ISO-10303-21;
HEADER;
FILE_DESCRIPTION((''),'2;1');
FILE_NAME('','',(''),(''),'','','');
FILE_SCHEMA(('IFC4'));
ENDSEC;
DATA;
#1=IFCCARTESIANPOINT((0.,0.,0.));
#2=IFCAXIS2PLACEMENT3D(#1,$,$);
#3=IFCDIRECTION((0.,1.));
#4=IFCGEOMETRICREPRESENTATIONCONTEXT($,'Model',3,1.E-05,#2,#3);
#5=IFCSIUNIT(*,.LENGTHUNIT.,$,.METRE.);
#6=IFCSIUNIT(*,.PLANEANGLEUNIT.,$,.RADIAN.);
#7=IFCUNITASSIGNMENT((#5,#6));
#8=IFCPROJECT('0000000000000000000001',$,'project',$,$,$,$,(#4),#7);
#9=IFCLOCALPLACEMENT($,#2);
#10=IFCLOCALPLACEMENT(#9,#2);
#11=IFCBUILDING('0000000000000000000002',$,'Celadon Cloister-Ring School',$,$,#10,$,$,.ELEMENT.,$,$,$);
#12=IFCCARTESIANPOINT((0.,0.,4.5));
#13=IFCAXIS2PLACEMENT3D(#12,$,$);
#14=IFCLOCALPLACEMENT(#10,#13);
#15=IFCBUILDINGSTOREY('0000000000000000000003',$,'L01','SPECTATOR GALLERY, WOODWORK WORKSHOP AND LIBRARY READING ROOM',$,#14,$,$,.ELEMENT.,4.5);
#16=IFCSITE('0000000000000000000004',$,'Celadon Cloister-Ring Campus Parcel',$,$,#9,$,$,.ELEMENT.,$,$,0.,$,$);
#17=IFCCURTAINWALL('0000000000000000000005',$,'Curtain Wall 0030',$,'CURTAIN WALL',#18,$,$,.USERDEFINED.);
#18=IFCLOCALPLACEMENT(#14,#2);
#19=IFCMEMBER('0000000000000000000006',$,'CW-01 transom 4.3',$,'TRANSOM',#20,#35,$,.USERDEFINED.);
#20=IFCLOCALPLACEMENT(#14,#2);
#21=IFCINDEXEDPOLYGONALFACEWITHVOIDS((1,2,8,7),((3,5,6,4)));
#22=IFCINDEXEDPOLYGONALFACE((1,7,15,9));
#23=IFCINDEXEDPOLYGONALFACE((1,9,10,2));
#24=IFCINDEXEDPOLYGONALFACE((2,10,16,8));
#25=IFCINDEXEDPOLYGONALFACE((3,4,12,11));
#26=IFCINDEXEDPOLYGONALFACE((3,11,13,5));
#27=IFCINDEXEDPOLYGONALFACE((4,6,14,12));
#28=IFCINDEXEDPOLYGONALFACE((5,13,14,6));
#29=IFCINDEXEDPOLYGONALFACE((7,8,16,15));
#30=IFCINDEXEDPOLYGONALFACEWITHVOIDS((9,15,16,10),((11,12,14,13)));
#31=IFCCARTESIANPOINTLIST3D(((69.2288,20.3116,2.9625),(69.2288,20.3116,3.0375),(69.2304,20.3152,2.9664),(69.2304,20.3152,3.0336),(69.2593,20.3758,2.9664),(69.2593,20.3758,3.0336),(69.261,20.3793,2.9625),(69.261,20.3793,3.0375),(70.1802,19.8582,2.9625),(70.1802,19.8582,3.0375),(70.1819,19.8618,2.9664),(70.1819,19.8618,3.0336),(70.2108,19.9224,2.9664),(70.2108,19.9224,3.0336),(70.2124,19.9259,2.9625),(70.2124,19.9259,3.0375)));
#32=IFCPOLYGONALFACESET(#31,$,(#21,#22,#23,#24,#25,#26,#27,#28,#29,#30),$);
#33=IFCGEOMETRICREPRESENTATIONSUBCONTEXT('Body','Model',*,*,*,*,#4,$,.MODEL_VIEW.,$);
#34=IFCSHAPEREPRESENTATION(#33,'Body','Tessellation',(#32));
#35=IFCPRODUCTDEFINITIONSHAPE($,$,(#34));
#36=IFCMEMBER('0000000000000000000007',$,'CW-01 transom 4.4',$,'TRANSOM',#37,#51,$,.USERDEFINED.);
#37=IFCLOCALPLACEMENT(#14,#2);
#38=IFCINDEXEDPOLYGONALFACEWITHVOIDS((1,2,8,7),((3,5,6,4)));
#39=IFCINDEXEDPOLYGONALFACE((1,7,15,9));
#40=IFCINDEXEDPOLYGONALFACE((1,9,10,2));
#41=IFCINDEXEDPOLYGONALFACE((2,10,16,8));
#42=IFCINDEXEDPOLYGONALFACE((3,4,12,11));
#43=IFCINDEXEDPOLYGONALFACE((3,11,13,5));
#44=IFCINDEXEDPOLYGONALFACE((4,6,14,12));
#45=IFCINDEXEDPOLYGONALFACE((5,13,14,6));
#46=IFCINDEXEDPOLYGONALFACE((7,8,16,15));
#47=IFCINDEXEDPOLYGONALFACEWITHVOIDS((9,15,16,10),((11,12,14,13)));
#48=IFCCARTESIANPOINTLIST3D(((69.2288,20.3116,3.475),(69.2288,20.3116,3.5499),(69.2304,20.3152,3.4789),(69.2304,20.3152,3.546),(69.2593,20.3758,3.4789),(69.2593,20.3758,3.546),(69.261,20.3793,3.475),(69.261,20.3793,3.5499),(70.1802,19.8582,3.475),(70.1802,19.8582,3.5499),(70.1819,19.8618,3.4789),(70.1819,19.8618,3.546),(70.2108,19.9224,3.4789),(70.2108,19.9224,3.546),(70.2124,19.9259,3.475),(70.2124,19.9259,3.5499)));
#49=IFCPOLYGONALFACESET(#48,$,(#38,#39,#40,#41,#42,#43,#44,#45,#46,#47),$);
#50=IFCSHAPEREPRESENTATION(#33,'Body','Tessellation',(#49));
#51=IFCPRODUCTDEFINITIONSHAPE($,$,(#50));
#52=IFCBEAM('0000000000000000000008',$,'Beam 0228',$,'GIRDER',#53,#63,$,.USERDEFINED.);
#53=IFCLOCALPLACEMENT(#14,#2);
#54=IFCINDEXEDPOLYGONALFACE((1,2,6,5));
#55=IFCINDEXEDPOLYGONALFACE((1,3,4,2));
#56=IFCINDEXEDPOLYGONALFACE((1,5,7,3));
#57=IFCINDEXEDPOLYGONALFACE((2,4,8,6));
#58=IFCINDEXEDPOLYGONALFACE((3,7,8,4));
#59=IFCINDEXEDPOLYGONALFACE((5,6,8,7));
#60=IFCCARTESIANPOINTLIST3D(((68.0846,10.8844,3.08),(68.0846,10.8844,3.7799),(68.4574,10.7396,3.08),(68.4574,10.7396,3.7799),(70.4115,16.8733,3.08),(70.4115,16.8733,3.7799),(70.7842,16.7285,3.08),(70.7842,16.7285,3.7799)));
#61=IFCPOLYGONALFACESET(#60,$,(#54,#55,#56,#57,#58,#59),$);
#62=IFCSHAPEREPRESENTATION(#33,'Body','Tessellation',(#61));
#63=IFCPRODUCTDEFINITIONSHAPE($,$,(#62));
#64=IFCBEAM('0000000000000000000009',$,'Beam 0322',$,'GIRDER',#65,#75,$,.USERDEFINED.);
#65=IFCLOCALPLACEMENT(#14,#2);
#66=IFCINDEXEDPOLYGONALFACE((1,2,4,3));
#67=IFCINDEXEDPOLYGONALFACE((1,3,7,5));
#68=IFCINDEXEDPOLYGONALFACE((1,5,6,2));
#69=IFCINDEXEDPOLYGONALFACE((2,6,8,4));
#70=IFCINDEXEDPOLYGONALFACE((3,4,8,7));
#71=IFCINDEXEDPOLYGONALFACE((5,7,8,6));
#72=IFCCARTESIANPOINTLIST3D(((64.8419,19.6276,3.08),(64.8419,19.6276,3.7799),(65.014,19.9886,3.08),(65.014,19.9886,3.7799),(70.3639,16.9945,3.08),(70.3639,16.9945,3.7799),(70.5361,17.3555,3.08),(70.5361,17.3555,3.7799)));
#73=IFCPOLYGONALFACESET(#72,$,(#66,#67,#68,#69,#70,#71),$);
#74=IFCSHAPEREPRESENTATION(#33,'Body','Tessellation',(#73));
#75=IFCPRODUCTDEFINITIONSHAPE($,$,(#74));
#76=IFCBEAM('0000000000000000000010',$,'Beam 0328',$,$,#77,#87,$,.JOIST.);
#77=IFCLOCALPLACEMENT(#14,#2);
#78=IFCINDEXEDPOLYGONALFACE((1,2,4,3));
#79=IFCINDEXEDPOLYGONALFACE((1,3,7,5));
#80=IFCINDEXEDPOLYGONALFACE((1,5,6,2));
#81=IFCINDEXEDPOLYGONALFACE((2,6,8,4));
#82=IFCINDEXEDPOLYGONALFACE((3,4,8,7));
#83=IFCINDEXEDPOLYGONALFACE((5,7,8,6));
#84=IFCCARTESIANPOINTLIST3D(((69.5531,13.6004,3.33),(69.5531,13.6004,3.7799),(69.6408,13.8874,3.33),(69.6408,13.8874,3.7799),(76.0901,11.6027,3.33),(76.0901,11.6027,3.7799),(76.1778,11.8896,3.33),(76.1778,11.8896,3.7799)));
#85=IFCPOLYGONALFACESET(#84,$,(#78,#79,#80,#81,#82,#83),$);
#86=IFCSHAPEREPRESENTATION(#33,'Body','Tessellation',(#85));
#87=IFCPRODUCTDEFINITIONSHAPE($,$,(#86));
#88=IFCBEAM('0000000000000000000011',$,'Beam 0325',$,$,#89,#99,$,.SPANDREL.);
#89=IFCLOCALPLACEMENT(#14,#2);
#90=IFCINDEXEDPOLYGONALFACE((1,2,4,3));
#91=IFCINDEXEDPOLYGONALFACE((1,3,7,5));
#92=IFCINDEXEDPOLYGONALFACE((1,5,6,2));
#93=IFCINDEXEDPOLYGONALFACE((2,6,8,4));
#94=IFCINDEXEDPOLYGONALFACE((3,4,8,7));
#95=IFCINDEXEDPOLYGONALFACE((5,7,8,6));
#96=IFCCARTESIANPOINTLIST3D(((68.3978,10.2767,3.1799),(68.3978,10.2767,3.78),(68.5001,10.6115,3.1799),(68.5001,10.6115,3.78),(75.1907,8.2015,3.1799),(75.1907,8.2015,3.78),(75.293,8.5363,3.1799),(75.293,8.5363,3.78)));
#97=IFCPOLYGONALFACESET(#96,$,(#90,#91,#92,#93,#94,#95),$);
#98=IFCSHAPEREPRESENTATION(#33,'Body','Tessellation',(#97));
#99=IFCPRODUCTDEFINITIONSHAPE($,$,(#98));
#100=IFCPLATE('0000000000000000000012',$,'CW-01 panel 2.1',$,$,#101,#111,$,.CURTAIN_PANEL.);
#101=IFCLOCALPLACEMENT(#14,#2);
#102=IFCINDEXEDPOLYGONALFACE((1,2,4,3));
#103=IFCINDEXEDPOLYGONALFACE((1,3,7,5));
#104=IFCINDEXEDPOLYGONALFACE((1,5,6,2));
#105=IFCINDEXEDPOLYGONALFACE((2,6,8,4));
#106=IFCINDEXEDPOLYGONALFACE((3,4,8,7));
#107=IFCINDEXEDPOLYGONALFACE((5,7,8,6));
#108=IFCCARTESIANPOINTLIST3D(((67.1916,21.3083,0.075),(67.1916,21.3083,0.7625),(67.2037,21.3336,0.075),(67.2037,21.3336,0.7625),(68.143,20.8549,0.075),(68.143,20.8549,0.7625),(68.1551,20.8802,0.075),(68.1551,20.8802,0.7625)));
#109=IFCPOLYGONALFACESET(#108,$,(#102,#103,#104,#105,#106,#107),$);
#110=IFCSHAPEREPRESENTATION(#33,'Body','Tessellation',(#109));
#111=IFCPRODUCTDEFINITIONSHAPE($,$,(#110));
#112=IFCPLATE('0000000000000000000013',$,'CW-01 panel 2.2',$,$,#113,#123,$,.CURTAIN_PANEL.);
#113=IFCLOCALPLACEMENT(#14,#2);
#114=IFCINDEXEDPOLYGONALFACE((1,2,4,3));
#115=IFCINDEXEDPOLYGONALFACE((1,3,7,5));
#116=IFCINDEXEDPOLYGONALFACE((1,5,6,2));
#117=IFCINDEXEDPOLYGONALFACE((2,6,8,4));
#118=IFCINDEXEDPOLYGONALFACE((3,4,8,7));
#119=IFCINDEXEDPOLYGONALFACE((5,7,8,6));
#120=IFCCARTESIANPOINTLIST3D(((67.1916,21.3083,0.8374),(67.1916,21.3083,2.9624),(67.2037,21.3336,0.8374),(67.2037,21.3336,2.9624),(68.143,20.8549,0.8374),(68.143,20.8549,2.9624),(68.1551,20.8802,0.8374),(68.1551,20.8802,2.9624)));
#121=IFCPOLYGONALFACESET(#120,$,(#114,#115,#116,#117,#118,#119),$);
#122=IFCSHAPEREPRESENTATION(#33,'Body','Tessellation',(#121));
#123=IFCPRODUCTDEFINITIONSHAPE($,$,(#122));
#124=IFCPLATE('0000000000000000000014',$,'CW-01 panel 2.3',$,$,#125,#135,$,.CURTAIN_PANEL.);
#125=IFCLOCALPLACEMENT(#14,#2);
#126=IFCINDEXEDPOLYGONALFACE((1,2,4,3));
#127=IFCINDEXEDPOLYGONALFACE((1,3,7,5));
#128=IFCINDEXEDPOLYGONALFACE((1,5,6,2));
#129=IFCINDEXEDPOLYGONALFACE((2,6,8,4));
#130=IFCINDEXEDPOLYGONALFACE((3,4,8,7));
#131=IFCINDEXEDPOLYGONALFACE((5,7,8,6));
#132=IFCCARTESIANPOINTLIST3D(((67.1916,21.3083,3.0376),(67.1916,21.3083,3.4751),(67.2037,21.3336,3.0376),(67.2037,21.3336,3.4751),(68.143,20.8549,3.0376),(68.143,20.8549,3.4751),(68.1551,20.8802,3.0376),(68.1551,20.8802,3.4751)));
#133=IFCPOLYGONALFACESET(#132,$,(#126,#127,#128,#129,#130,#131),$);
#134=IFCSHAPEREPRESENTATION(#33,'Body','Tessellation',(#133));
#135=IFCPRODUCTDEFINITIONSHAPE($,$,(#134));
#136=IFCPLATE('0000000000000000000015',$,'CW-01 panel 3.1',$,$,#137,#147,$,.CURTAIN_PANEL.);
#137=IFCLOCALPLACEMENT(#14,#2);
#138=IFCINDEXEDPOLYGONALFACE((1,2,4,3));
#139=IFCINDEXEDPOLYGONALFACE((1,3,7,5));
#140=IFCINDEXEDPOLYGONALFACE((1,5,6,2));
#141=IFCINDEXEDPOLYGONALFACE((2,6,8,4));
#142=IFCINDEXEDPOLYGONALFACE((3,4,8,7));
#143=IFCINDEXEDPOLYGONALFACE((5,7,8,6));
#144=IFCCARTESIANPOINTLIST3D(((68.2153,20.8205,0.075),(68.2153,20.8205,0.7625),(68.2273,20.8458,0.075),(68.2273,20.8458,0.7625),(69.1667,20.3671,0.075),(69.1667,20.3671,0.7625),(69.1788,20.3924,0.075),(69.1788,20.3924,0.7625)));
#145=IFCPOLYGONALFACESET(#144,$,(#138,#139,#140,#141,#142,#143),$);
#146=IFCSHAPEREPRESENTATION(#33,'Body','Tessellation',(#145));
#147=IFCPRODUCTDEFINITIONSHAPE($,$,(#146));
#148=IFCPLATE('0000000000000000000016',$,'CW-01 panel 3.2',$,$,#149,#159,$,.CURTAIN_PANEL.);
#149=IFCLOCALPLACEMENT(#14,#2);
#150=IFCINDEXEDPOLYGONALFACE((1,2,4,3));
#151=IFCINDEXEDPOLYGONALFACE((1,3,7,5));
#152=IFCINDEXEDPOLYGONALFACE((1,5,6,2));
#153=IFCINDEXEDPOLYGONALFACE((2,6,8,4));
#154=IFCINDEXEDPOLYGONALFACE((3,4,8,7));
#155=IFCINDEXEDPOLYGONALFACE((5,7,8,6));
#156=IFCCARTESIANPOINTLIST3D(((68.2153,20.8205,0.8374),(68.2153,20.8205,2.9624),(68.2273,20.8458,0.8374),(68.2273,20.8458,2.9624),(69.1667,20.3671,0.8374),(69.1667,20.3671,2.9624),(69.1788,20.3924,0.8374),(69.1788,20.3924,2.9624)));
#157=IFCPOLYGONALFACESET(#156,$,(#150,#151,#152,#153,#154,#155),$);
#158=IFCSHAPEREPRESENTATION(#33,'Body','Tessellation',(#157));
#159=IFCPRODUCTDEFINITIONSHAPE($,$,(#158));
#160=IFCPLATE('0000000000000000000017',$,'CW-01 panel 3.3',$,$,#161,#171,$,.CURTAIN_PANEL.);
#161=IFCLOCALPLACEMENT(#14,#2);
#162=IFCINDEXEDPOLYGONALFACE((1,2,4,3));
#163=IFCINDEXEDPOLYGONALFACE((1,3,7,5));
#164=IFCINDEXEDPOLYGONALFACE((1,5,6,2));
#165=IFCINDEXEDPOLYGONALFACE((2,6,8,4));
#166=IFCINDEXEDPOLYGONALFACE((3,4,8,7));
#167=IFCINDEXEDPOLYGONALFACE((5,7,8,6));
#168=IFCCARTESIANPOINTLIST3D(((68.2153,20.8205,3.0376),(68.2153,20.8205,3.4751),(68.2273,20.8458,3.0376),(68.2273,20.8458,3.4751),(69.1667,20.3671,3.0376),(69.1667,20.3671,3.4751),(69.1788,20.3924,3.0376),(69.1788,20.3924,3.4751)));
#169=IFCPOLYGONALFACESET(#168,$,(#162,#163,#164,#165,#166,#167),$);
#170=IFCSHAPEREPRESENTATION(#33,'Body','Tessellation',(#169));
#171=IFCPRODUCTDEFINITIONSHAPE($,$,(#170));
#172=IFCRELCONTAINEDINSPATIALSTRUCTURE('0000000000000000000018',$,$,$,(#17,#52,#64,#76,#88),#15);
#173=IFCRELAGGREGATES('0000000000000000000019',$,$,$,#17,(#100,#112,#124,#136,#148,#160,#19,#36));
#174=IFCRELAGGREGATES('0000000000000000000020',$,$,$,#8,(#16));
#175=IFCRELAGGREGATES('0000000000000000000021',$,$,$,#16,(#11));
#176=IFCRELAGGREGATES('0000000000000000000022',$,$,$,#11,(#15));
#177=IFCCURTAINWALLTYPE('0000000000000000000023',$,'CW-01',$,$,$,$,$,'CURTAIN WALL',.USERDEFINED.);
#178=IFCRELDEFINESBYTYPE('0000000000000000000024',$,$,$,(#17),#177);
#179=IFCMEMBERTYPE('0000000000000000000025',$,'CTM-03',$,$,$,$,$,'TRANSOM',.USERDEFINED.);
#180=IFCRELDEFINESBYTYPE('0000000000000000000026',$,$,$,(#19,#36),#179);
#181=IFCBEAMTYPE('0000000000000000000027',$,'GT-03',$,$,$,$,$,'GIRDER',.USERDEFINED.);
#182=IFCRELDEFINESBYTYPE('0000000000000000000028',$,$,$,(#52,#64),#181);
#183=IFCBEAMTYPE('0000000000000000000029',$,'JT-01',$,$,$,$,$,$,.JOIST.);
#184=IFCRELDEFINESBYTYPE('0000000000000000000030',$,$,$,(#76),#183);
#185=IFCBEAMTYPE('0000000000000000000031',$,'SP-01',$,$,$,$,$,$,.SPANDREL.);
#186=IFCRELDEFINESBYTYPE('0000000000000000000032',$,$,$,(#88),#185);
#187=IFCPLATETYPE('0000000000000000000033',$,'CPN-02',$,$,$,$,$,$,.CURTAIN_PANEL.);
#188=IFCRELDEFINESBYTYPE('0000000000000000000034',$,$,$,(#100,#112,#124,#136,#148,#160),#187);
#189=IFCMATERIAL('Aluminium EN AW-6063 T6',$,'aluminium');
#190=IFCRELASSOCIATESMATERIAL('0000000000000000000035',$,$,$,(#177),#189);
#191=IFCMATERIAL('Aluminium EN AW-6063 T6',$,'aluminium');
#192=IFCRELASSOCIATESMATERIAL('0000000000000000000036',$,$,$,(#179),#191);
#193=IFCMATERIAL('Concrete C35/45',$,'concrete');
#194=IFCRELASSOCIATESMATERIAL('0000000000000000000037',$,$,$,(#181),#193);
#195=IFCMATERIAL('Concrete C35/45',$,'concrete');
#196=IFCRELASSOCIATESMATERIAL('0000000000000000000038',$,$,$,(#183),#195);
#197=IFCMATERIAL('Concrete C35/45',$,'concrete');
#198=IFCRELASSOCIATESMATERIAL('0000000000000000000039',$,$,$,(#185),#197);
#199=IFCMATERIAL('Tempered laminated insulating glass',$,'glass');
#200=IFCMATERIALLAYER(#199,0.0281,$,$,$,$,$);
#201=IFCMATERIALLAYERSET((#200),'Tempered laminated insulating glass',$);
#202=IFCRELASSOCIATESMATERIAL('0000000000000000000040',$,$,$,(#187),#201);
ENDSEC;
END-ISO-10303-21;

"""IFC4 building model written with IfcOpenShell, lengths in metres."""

from ifc_helpers import new_model, si_unit, direction, frame, origin, origin_2d, place, context, subcontext, project, spatial, rectangle, hollow_rectangle, extrude, material, layer, layer_set, material_profile, profile_set, type_object, element, aggregate, save


model = new_model("IFC4")

# Units and contexts
model_context = context("Model", 3, precision=1e-05, world=origin(), true_north=direction((0.0, 1.0)))
body_context = subcontext(model_context, "Body", "Model", "MODEL_VIEW")
ifc_project = project(units=[si_unit("LENGTHUNIT", "METRE"), si_unit("PLANEANGLEUNIT", "RADIAN")], contexts=[model_context])

# Site, building, storey
site_placement = place(None, origin())
site = spatial("IfcSite", under=ifc_project, at=site_placement, Name="Celadon Cloister-Ring Campus Parcel", CompositionType="ELEMENT", RefElevation=0.0)
building_placement = place(site_placement, origin())
building = spatial("IfcBuilding", under=site, at=building_placement, Name="Celadon Cloister-Ring School", CompositionType="ELEMENT")
storey_placement = place(building_placement, frame((0.0, 0.0, 4.5)))
storey = spatial("IfcBuildingStorey", under=building, at=storey_placement, Name="L01", Description="SPECTATOR GALLERY, WOODWORK WORKSHOP AND LIBRARY READING ROOM", CompositionType="ELEMENT", Elevation=4.5)

# Curtain wall, members
ifc_material_1 = material(Name="Aluminium EN AW-6063 T6", Category="aluminium")
curtain_wall_type = type_object("IfcCurtainWallType", Name="CW-01", ElementType="CURTAIN WALL", PredefinedType="USERDEFINED", material=ifc_material_1)
curtain_wall_placement = place(storey_placement, origin())
curtain_wall = element("IfcCurtainWall", 1, at=curtain_wall_placement, inside=storey, type_object=curtain_wall_type, Name="Curtain Wall 0030", ObjectType="CURTAIN WALL", PredefinedType="USERDEFINED")
ifc_material_2 = material(Name="Aluminium EN AW-6063 T6", Category="aluminium")
ifc_material_profile_1 = material_profile(ifc_material_2, hollow_rectangle(XDim=0.075, YDim=0.075, WallThickness=0.0039, at=origin_2d()), Name="RHS75X75X4")
ifc_profile_set_1 = profile_set([ifc_material_profile_1], Name="Aluminium EN AW-6063 T6")
member_type_1 = type_object("IfcMemberType", Name="CTM-03", ElementType="TRANSOM", PredefinedType="USERDEFINED", material=ifc_profile_set_1)
member_1_placement = place(storey_placement, frame((69.2449, 20.3455, 3.0), z_axis=(0.902745, -0.430176, 0.0), x_axis=(0.430176, 0.902745, 0.0)))
member_1 = element("IfcMember", 2, at=member_1_placement, type_object=member_type_1, Name="CW-01 transom 4.3", ObjectType="TRANSOM", PredefinedType="USERDEFINED", context=body_context, shape_type="SweptSolid", body=[
    extrude(hollow_rectangle(XDim=0.075, YDim=0.075, WallThickness=0.0039, at=origin_2d()), origin(), (0.0, 0.0, 1.0), 1.054),
])
member_2_placement = place(storey_placement, frame((69.2449, 20.3455, 3.5125), z_axis=(0.902745, -0.430176, 0.0), x_axis=(0.430176, 0.902745, 0.0)))
member_2 = element("IfcMember", 3, at=member_2_placement, type_object=member_type_1, Name="CW-01 transom 4.4", ObjectType="TRANSOM", PredefinedType="USERDEFINED", context=body_context, shape_type="SweptSolid", body=[
    extrude(hollow_rectangle(XDim=0.075, YDim=0.075, WallThickness=0.0039, at=origin_2d()), origin(), (0.0, 0.0, 1.0), 1.054),
])

# Beams
ifc_material_3 = material(Name="Concrete C35/45", Category="concrete")
ifc_material_profile_2 = material_profile(ifc_material_3, rectangle(XDim=0.3999, YDim=0.7, at=origin_2d()), Name="RC400X700")
ifc_profile_set_2 = profile_set([ifc_material_profile_2], Name="Concrete C35/45")
beam_type_1 = type_object("IfcBeamType", Name="GT-03", ElementType="GIRDER", PredefinedType="USERDEFINED", material=ifc_profile_set_2)
beam_1_placement = place(storey_placement, frame((68.271, 10.812, 3.4299), z_axis=(0.362155, 0.932118, 0.0), x_axis=(-0.932118, 0.362155, 0.0)))
element("IfcBeam", 4, at=beam_1_placement, inside=storey, type_object=beam_type_1, Name="Beam 0228", ObjectType="GIRDER", PredefinedType="USERDEFINED", context=body_context, shape_type="SweptSolid", body=[
    extrude(rectangle(XDim=0.3999, YDim=0.7, at=origin_2d()), origin(), (0.0, 0.0, 1.0), 6.425),
])
beam_2_placement = place(storey_placement, frame((64.928, 19.8081, 3.4299), z_axis=(0.902635, -0.430406, 0.0), x_axis=(0.430406, 0.902635, 0.0)))
element("IfcBeam", 5, at=beam_2_placement, inside=storey, type_object=beam_type_1, Name="Beam 0322", ObjectType="GIRDER", PredefinedType="USERDEFINED", context=body_context, shape_type="SweptSolid", body=[
    extrude(rectangle(XDim=0.3999, YDim=0.7, at=origin_2d()), origin(), (0.0, 0.0, 1.0), 6.1177),
])
ifc_material_4 = material(Name="Concrete C35/45", Category="concrete")
ifc_material_profile_3 = material_profile(ifc_material_4, rectangle(XDim=0.3, YDim=0.45, at=origin_2d()), Name="RC300X450")
ifc_profile_set_3 = profile_set([ifc_material_profile_3], Name="Concrete C35/45")
beam_type_2 = type_object("IfcBeamType", Name="JT-01", PredefinedType="JOIST", material=ifc_profile_set_3)
beam_3_placement = place(storey_placement, frame((69.5969, 13.7439, 3.5549), z_axis=(0.956337, -0.292266, 0.0), x_axis=(0.292266, 0.956337, 0.0)))
element("IfcBeam", 6, at=beam_3_placement, inside=storey, type_object=beam_type_2, Name="Beam 0328", PredefinedType="JOIST", context=body_context, shape_type="SweptSolid", body=[
    extrude(rectangle(XDim=0.3, YDim=0.45, at=origin_2d()), origin(), (0.0, 0.0, 1.0), 6.8354),
])
ifc_material_5 = material(Name="Concrete C35/45", Category="concrete")
ifc_material_profile_4 = material_profile(ifc_material_5, rectangle(XDim=0.3501, YDim=0.6001, at=origin_2d()), Name="RC350X600")
ifc_profile_set_4 = profile_set([ifc_material_profile_4], Name="Concrete C35/45")
beam_type_3 = type_object("IfcBeamType", Name="SP-01", PredefinedType="SPANDREL", material=ifc_profile_set_4)
beam_4_placement = place(storey_placement, frame((68.449, 10.4441, 3.48), z_axis=(0.956369, -0.292163, 0.0), x_axis=(0.292163, 0.956369, 0.0)))
element("IfcBeam", 7, at=beam_4_placement, inside=storey, type_object=beam_type_3, Name="Beam 0325", PredefinedType="SPANDREL", context=body_context, shape_type="SweptSolid", body=[
    extrude(rectangle(XDim=0.3501, YDim=0.6001, at=origin_2d()), origin(), (0.0, 0.0, 1.0), 7.1028),
])

# Plates
ifc_material_6 = material(Name="Tempered laminated insulating glass", Category="glass")
ifc_layer_1 = layer(ifc_material_6, 0.0281)
ifc_layer_set_1 = layer_set([ifc_layer_1], Name="Tempered laminated insulating glass")
plate_type = type_object("IfcPlateType", Name="CPN-02", PredefinedType="CURTAIN_PANEL", material=ifc_layer_set_1)
plate_1_placement = place(storey_placement, frame((67.6733, 21.0942, 0.075), z_axis=(0.0, 0.0, 1.0), x_axis=(0.902733, -0.430201, 0.0)))
plate_1 = element("IfcPlate", 8, at=plate_1_placement, type_object=plate_type, Name="CW-01 panel 2.1", PredefinedType="CURTAIN_PANEL", context=body_context, shape_type="SweptSolid", body=[
    extrude(rectangle(XDim=1.054, YDim=0.0281, at=origin_2d()), origin(), (0.0, 0.0, 1.0), 0.6875),
])
plate_2_placement = place(storey_placement, frame((67.6733, 21.0942, 0.8374), z_axis=(0.0, 0.0, 1.0), x_axis=(0.902733, -0.430201, 0.0)))
plate_2 = element("IfcPlate", 9, at=plate_2_placement, type_object=plate_type, Name="CW-01 panel 2.2", PredefinedType="CURTAIN_PANEL", context=body_context, shape_type="SweptSolid", body=[
    extrude(rectangle(XDim=1.054, YDim=0.0281, at=origin_2d()), origin(), (0.0, 0.0, 1.0), 2.125),
])
plate_3_placement = place(storey_placement, frame((67.6733, 21.0942, 3.0376), z_axis=(0.0, 0.0, 1.0), x_axis=(0.902733, -0.430201, 0.0)))
plate_3 = element("IfcPlate", 10, at=plate_3_placement, type_object=plate_type, Name="CW-01 panel 2.3", PredefinedType="CURTAIN_PANEL", context=body_context, shape_type="SweptSolid", body=[
    extrude(rectangle(XDim=1.054, YDim=0.0281, at=origin_2d()), origin(), (0.0, 0.0, 1.0), 0.4375),
])
plate_4_placement = place(storey_placement, frame((68.697, 20.6064, 0.075), z_axis=(0.0, 0.0, 1.0), x_axis=(0.902733, -0.430201, 0.0)))
plate_4 = element("IfcPlate", 11, at=plate_4_placement, type_object=plate_type, Name="CW-01 panel 3.1", PredefinedType="CURTAIN_PANEL", context=body_context, shape_type="SweptSolid", body=[
    extrude(rectangle(XDim=1.054, YDim=0.0281, at=origin_2d()), origin(), (0.0, 0.0, 1.0), 0.6875),
])
plate_5_placement = place(storey_placement, frame((68.697, 20.6064, 0.8374), z_axis=(0.0, 0.0, 1.0), x_axis=(0.902733, -0.430201, 0.0)))
plate_5 = element("IfcPlate", 12, at=plate_5_placement, type_object=plate_type, Name="CW-01 panel 3.2", PredefinedType="CURTAIN_PANEL", context=body_context, shape_type="SweptSolid", body=[
    extrude(rectangle(XDim=1.054, YDim=0.0281, at=origin_2d()), origin(), (0.0, 0.0, 1.0), 2.125),
])
plate_6_placement = place(storey_placement, frame((68.697, 20.6064, 3.0376), z_axis=(0.0, 0.0, 1.0), x_axis=(0.902733, -0.430201, 0.0)))
plate_6 = element("IfcPlate", 13, at=plate_6_placement, type_object=plate_type, Name="CW-01 panel 3.3", PredefinedType="CURTAIN_PANEL", context=body_context, shape_type="SweptSolid", body=[
    extrude(rectangle(XDim=1.054, YDim=0.0281, at=origin_2d()), origin(), (0.0, 0.0, 1.0), 0.4375),
])
aggregate(curtain_wall, [plate_1, plate_2, plate_3, plate_4, plate_5, plate_6, member_1, member_2])

save(model, "model.ifc")
